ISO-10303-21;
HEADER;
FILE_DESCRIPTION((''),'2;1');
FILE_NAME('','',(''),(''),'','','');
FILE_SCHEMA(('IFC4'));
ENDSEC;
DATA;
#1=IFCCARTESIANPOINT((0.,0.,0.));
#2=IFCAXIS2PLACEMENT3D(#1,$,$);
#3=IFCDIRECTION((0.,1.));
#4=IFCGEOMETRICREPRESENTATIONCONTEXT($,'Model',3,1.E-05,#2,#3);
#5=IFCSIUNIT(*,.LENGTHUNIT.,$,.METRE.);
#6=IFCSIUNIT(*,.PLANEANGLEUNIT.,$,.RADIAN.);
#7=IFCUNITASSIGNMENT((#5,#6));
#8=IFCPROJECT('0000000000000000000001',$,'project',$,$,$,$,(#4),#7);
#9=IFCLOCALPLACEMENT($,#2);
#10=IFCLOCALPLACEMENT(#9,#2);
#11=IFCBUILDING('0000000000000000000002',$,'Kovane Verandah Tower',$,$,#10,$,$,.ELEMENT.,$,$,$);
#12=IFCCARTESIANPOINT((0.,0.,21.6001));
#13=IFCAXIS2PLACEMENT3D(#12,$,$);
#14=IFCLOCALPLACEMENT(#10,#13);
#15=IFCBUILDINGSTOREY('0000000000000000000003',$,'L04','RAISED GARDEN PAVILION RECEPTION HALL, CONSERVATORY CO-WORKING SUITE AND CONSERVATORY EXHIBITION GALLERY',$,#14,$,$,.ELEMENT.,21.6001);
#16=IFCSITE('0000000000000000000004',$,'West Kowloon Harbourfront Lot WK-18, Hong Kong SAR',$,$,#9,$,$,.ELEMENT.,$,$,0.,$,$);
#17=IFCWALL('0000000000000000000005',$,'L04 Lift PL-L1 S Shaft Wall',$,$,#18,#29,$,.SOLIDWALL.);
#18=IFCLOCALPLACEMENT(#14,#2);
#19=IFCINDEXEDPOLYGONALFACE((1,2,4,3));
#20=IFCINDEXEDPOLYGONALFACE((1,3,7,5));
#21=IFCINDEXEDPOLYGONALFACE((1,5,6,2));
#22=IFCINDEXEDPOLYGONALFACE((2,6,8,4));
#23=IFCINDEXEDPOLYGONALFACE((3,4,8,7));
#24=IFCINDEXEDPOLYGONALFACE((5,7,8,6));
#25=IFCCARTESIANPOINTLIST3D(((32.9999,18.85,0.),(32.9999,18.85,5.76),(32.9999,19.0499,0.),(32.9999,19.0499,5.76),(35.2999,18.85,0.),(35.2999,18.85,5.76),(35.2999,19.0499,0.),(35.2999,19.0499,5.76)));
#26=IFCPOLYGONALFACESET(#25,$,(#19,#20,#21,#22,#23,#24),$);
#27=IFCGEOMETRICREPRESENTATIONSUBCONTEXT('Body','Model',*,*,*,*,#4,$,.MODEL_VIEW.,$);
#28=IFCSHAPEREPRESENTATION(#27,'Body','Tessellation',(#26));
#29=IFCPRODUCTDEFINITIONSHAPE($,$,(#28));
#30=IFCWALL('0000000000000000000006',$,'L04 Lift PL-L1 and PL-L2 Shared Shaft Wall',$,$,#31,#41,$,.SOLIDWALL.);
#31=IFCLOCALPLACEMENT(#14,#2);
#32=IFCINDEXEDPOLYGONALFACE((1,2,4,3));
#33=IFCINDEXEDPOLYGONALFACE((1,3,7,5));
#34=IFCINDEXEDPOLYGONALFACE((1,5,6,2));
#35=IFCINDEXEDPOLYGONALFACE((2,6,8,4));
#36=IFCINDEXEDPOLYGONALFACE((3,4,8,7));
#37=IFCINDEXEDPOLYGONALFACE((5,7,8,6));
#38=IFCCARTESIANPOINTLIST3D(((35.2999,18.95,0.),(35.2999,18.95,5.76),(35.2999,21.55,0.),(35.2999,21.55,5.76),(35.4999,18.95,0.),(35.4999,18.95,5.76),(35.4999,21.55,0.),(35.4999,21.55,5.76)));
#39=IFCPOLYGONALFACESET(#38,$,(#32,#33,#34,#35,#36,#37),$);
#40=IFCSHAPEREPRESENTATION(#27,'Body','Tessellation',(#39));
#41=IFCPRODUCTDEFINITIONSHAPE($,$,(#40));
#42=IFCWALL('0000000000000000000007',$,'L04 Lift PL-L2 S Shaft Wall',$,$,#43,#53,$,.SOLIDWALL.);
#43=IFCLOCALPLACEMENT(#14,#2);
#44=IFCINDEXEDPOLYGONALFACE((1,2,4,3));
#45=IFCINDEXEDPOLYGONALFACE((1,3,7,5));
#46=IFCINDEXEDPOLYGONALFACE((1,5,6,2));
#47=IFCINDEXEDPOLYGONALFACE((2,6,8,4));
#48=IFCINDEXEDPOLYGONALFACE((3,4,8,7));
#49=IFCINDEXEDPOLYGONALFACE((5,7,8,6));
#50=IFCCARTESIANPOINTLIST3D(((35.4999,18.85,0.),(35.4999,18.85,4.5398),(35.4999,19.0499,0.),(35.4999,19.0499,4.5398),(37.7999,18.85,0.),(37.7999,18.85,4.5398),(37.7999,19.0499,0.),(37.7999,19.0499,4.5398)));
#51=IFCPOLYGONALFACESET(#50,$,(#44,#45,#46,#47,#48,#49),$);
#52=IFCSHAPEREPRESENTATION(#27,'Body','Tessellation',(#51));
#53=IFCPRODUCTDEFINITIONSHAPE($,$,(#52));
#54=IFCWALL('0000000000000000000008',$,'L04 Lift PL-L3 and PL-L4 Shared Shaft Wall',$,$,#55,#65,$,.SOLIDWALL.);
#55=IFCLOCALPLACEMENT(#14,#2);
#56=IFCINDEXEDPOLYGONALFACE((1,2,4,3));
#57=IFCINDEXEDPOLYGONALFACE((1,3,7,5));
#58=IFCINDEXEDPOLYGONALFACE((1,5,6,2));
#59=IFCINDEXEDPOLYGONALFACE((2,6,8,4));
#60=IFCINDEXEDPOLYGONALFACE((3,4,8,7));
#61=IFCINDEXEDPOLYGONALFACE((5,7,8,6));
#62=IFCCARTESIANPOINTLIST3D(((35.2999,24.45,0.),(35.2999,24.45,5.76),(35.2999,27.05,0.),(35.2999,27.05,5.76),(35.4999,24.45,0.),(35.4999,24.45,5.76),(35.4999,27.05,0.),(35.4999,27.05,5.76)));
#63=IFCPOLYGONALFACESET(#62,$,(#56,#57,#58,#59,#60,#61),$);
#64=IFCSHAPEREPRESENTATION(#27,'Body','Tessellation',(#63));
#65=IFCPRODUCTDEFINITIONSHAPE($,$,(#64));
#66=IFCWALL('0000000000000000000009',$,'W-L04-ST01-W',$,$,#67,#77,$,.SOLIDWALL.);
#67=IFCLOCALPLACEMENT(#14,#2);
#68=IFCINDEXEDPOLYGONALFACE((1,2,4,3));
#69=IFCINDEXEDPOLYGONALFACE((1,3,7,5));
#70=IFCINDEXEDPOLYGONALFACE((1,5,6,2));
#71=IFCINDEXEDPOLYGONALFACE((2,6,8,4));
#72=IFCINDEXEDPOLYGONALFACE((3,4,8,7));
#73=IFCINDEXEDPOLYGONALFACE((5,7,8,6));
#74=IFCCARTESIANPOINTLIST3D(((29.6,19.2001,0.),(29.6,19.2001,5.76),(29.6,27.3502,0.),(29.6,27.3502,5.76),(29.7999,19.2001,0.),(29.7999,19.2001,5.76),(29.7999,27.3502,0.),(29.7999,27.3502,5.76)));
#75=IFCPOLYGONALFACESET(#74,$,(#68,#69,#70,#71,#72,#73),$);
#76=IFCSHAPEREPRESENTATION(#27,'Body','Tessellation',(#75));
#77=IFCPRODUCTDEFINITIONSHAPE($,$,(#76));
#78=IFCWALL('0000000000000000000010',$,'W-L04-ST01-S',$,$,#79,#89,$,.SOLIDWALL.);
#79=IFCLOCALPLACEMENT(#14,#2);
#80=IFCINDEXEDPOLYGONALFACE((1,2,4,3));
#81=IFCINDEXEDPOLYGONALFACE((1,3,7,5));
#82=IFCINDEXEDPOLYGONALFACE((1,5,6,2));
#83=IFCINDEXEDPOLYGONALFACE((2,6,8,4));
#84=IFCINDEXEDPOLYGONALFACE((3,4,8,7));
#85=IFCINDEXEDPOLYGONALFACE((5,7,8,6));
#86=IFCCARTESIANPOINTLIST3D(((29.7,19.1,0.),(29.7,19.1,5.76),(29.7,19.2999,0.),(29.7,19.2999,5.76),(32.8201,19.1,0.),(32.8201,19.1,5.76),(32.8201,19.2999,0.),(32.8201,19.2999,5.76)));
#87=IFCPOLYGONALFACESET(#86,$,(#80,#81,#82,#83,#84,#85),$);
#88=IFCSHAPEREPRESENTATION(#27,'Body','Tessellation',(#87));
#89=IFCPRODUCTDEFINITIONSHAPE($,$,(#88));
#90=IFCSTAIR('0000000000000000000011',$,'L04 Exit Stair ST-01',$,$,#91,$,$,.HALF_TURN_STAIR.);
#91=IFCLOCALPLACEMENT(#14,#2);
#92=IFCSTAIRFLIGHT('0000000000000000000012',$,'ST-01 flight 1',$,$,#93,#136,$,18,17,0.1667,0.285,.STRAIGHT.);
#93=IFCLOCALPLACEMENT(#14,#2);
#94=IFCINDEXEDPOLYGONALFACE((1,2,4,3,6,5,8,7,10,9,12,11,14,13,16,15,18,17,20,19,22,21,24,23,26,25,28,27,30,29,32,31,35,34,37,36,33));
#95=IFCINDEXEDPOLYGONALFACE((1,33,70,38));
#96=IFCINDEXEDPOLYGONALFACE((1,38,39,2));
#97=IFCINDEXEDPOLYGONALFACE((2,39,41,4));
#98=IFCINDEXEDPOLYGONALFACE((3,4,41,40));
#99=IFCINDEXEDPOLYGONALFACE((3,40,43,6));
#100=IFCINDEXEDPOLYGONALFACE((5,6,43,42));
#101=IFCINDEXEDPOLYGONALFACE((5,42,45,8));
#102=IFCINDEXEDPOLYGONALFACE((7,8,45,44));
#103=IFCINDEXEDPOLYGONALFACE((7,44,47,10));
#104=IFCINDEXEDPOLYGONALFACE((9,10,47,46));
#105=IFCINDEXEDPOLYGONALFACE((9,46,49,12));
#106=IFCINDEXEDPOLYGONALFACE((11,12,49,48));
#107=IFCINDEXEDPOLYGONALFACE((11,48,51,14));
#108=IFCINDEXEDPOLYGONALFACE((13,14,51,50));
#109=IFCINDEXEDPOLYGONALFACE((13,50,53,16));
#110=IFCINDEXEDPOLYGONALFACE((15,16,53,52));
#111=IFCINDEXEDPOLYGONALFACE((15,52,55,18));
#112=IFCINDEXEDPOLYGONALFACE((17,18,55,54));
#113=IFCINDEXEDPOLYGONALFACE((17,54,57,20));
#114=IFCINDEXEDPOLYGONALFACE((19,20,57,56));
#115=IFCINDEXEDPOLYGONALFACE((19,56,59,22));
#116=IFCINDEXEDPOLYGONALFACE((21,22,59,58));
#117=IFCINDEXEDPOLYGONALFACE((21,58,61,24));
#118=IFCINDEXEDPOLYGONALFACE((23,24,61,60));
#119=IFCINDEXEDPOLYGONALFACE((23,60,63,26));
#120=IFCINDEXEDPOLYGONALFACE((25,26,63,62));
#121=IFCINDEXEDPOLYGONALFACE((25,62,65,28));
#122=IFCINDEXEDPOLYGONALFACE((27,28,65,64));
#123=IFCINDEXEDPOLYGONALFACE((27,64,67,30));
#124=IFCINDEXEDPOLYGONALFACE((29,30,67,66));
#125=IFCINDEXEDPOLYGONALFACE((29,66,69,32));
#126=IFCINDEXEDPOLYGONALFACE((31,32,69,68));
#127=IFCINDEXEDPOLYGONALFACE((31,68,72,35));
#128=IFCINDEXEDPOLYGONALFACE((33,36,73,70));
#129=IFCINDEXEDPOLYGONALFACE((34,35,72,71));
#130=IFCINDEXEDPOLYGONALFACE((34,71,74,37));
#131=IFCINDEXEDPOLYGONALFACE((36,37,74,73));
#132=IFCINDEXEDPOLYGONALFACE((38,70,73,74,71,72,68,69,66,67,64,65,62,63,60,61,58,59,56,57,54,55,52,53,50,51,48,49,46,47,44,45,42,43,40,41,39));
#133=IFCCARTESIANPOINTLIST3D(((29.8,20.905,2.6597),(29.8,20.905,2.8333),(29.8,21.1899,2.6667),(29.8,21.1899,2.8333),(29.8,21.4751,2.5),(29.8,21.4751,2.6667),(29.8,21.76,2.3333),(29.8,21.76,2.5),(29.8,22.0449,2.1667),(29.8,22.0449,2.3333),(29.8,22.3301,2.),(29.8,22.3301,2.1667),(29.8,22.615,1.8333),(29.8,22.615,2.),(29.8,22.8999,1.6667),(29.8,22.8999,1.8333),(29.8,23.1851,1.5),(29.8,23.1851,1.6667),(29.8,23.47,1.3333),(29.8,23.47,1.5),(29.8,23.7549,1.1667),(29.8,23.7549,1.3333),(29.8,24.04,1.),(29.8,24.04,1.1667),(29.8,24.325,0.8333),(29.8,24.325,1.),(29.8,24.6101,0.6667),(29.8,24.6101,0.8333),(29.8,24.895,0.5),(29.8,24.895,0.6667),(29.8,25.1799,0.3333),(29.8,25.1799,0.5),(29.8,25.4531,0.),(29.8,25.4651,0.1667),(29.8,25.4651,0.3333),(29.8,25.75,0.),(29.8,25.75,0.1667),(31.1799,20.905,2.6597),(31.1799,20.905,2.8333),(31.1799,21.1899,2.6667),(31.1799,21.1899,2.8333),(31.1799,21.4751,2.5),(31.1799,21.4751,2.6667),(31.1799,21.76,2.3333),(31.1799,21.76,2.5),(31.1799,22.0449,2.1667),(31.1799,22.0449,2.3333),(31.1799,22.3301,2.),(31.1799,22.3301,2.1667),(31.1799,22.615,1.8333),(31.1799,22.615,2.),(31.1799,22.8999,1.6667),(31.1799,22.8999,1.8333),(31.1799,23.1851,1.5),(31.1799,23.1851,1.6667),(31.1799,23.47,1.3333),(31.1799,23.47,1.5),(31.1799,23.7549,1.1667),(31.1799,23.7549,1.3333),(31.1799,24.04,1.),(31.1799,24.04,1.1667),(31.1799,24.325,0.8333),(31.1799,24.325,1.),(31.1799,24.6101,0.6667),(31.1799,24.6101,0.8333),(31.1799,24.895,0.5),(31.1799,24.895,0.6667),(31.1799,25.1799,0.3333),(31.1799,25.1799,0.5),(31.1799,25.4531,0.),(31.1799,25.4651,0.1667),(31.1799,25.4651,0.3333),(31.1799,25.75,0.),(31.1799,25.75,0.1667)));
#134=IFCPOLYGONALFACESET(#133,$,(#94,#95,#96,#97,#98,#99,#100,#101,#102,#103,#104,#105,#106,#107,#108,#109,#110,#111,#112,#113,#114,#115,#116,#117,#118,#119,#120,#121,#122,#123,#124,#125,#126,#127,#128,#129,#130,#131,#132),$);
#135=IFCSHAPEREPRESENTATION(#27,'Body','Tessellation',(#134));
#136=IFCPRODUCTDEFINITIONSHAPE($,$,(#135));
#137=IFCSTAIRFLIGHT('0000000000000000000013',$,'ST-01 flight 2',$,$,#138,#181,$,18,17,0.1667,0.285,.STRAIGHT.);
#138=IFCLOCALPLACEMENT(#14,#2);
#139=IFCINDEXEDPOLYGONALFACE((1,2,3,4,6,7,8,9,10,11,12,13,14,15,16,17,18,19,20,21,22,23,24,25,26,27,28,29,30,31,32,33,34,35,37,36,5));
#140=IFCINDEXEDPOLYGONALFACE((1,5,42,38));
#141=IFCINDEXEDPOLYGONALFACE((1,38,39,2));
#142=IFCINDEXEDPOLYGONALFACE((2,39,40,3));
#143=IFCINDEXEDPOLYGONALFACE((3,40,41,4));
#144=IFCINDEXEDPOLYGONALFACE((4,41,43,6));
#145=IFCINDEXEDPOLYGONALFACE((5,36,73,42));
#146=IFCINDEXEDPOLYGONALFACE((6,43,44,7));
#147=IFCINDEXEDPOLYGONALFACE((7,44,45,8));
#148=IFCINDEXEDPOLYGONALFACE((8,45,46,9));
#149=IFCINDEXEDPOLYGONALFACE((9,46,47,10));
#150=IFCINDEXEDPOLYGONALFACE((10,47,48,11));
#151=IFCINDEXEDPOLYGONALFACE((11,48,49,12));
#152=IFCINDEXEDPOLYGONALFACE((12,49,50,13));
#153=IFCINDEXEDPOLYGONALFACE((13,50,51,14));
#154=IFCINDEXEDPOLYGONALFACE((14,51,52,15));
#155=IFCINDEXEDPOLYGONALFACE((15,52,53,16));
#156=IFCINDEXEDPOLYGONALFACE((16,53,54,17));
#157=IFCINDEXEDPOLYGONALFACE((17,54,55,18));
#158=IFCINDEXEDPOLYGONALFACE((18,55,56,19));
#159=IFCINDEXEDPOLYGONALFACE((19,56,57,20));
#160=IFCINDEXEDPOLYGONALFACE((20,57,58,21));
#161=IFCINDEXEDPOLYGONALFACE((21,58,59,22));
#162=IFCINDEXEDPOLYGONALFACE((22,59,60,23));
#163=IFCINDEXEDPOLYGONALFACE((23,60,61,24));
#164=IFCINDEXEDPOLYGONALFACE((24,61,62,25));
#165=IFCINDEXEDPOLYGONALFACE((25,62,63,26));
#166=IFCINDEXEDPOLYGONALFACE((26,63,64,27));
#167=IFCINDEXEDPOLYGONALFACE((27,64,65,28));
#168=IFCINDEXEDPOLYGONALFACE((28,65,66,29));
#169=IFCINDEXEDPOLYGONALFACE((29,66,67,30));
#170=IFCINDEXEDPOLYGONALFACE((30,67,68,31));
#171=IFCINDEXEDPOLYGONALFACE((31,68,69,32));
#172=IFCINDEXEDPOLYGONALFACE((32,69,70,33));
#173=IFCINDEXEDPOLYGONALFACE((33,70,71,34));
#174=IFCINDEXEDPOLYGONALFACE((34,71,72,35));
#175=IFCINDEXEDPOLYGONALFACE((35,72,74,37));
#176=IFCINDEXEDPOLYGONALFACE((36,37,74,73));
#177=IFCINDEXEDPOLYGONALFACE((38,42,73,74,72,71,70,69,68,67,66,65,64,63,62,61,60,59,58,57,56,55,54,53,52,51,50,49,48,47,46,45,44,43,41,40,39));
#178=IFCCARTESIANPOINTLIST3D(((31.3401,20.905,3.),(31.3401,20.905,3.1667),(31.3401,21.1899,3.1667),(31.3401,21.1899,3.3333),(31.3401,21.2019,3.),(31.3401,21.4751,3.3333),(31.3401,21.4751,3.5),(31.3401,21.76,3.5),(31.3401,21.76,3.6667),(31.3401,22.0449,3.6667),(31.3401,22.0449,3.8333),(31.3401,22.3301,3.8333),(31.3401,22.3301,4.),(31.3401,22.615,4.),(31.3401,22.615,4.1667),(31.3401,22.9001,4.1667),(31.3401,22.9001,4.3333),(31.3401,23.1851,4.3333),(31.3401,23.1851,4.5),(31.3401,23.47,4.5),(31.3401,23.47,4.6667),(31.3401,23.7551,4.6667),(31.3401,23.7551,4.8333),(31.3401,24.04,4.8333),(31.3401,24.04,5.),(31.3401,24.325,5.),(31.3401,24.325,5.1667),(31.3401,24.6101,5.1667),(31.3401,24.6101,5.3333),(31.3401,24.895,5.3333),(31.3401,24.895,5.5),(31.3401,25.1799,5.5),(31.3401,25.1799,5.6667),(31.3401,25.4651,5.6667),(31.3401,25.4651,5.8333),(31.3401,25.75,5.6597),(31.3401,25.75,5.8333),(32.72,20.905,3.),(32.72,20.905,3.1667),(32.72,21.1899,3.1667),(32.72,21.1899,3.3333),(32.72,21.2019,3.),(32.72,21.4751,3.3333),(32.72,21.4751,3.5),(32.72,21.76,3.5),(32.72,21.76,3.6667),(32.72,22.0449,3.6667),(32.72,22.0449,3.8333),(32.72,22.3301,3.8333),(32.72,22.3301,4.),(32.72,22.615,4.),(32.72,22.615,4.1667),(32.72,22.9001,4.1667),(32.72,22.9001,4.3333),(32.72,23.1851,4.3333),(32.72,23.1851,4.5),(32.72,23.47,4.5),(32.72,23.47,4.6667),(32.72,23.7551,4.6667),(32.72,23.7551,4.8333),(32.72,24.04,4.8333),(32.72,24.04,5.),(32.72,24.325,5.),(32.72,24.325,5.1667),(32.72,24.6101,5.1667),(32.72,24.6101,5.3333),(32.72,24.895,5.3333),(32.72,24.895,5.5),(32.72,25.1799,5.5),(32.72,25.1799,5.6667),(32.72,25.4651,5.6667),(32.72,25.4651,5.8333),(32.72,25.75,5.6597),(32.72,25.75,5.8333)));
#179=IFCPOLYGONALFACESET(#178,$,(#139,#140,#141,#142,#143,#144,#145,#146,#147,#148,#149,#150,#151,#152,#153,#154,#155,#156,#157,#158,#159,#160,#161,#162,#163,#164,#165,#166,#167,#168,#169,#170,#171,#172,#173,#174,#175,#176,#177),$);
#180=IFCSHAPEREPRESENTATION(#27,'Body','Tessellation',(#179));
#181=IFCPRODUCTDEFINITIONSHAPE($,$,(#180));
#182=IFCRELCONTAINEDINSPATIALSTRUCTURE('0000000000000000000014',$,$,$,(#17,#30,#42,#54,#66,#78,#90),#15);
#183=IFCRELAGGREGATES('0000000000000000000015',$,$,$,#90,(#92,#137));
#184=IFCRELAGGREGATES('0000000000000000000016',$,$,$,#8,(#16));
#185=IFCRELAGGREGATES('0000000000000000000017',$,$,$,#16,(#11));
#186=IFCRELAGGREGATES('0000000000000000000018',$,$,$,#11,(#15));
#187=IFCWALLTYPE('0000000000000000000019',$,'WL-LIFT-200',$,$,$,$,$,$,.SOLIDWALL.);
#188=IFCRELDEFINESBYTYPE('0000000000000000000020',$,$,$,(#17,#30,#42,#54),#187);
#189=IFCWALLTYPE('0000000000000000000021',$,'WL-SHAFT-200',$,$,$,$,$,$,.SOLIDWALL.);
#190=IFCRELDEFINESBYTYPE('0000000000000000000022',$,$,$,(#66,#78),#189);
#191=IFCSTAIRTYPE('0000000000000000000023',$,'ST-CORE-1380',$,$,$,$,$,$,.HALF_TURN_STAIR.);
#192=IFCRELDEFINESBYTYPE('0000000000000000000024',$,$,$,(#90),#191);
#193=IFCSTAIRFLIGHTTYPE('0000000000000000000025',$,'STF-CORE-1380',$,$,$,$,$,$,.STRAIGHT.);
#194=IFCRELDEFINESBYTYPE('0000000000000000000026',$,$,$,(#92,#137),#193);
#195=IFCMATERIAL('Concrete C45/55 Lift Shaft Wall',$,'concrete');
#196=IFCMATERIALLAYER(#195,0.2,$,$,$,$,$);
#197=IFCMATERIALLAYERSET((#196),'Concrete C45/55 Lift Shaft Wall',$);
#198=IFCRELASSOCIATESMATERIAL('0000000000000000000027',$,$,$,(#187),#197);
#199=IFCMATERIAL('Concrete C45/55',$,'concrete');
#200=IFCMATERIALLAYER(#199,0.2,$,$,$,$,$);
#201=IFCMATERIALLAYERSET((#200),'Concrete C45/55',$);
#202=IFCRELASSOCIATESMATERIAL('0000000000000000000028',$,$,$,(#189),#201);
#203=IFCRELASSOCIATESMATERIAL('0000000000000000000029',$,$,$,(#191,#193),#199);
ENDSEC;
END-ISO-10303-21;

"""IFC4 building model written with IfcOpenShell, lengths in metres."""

from ifc_helpers import new_model, si_unit, direction, frame, frame_2d, origin, place, context, subcontext, project, spatial, polyline, rectangle, outline, extrude, material, layer, layer_set, type_object, element, aggregate, save


model = new_model("IFC4")

# Units and contexts
model_context = context("Model", 3, precision=1e-05, world=origin(), true_north=direction((0.0, 1.0)))
body_context = subcontext(model_context, "Body", "Model", "MODEL_VIEW")
ifc_project = project(units=[si_unit("LENGTHUNIT", "METRE"), si_unit("PLANEANGLEUNIT", "RADIAN")], contexts=[model_context])

# Site, building, storey
site_placement = place(None, origin())
site = spatial("IfcSite", under=ifc_project, at=site_placement, Name="West Kowloon Harbourfront Lot WK-18, Hong Kong SAR", CompositionType="ELEMENT", RefElevation=0.0)
building_placement = place(site_placement, origin())
building = spatial("IfcBuilding", under=site, at=building_placement, Name="Kovane Verandah Tower", CompositionType="ELEMENT")
storey_placement = place(building_placement, frame((0.0, 0.0, 21.6001)))
storey = spatial("IfcBuildingStorey", under=building, at=storey_placement, Name="L04", Description="RAISED GARDEN PAVILION RECEPTION HALL, CONSERVATORY CO-WORKING SUITE AND CONSERVATORY EXHIBITION GALLERY", CompositionType="ELEMENT", Elevation=21.6001)

# Wall
ifc_material_1 = material(Name="Concrete C45/55 Lift Shaft Wall", Category="concrete")
ifc_layer_1 = layer(ifc_material_1, 0.2)
ifc_layer_set_1 = layer_set([ifc_layer_1], Name="Concrete C45/55 Lift Shaft Wall")
wall_type_1 = type_object("IfcWallType", Name="WL-LIFT-200", PredefinedType="SOLIDWALL", material=ifc_layer_set_1)
wall_1_placement = place(storey_placement, frame((33.0, 18.95, 0.0), z_axis=(0.0, 0.0, 1.0), x_axis=(1.0, 0.0, 0.0)))
element("IfcWall", 1, at=wall_1_placement, inside=storey, type_object=wall_type_1, Name="L04 Lift PL-L1 S Shaft Wall", PredefinedType="SOLIDWALL", context=body_context, shape_type="SweptSolid", body=[
    extrude(rectangle(XDim=2.3, YDim=0.2, at=frame_2d((1.1499, 0.0))), origin(), (0.0, 0.0, 1.0), 5.76),
])

# Walls
wall_2_placement = place(storey_placement, frame((35.3999, 18.95, 0.0), z_axis=(0.0, 0.0, 1.0), x_axis=(0.0, 1.0, 0.0)))
element("IfcWall", 2, at=wall_2_placement, inside=storey, type_object=wall_type_1, Name="L04 Lift PL-L1 and PL-L2 Shared Shaft Wall", PredefinedType="SOLIDWALL", context=body_context, shape_type="SweptSolid", body=[
    extrude(rectangle(XDim=2.6001, YDim=0.2, at=frame_2d((1.3, 0.0))), origin(), (0.0, 0.0, 1.0), 5.76),
])
wall_3_placement = place(storey_placement, frame((35.5, 18.95, 0.0), z_axis=(0.0, 0.0, 1.0), x_axis=(1.0, 0.0, 0.0)))
element("IfcWall", 3, at=wall_3_placement, inside=storey, type_object=wall_type_1, Name="L04 Lift PL-L2 S Shaft Wall", PredefinedType="SOLIDWALL", context=body_context, shape_type="SweptSolid", body=[
    extrude(rectangle(XDim=2.3, YDim=0.2, at=frame_2d((1.1499, 0.0))), origin(), (0.0, 0.0, 1.0), 4.5398),
])

# Walls
wall_4_placement = place(storey_placement, frame((35.3999, 24.45, 0.0), z_axis=(0.0, 0.0, 1.0), x_axis=(0.0, 1.0, 0.0)))
element("IfcWall", 4, at=wall_4_placement, inside=storey, type_object=wall_type_1, Name="L04 Lift PL-L3 and PL-L4 Shared Shaft Wall", PredefinedType="SOLIDWALL", context=body_context, shape_type="SweptSolid", body=[
    extrude(rectangle(XDim=2.6001, YDim=0.2, at=frame_2d((1.3, 0.0))), origin(), (0.0, 0.0, 1.0), 5.76),
])
ifc_material_2 = material(Name="Concrete C45/55", Category="concrete")
ifc_layer_2 = layer(ifc_material_2, 0.2)
ifc_layer_set_2 = layer_set([ifc_layer_2], Name="Concrete C45/55")
wall_type_2 = type_object("IfcWallType", Name="WL-SHAFT-200", PredefinedType="SOLIDWALL", material=ifc_layer_set_2)
wall_5_placement = place(storey_placement, frame((29.7, 19.2, 0.0), z_axis=(0.0, 0.0, 1.0), x_axis=(0.0, 1.0, 0.0)))
element("IfcWall", 5, at=wall_5_placement, inside=storey, type_object=wall_type_2, Name="W-L04-ST01-W", PredefinedType="SOLIDWALL", context=body_context, shape_type="SweptSolid", body=[
    extrude(rectangle(XDim=8.1501, YDim=0.2, at=frame_2d((4.0752, 0.0))), origin(), (0.0, 0.0, 1.0), 5.76),
])
wall_6_placement = place(storey_placement, frame((29.7, 19.2, 0.0), z_axis=(0.0, 0.0, 1.0), x_axis=(1.0, 0.0, 0.0)))
element("IfcWall", 6, at=wall_6_placement, inside=storey, type_object=wall_type_2, Name="W-L04-ST01-S", PredefinedType="SOLIDWALL", context=body_context, shape_type="SweptSolid", body=[
    extrude(rectangle(XDim=3.1201, YDim=0.2, at=frame_2d((1.5601, 0.0))), origin(), (0.0, 0.0, 1.0), 5.76),
])

# Stair, stair flights
stair_type = type_object("IfcStairType", Name="ST-CORE-1380", PredefinedType="HALF_TURN_STAIR", material=ifc_material_2)
stair_placement = place(storey_placement, origin())
stair = element("IfcStair", 7, at=stair_placement, inside=storey, type_object=stair_type, Name="L04 Exit Stair ST-01", PredefinedType="HALF_TURN_STAIR")
stair_flight_type = type_object("IfcStairFlightType", Name="STF-CORE-1380", PredefinedType="STRAIGHT", material=ifc_material_2)
stair_flight_1_placement = place(storey_placement, frame((30.49, 25.75, 0.0), z_axis=(0.0, 0.0, 1.0), x_axis=(0.0, -1.0, 0.0)))
stair_flight_1 = element("IfcStairFlight", 8, at=stair_flight_1_placement, type_object=stair_flight_type, Name="ST-01 flight 1", NumberOfRisers=18, NumberOfTreads=17, PredefinedType="STRAIGHT", RiserHeight=0.1667, TreadLength=0.285, context=body_context, shape_type="SweptSolid", body=[
    extrude(outline(polyline([(0.0, 0.0), (0.0, 0.1667), (0.2849, 0.1667), (0.2849, 0.3333), (0.5701, 0.3333), (0.5701, 0.5), (0.855, 0.5), (0.855, 0.6667), (1.1399, 0.6667), (1.1399, 0.8333), (1.425, 0.8333), (1.425, 1.0), (1.71, 1.0), (1.71, 1.1667), (1.9951, 1.1667), (1.9951, 1.3333), (2.28, 1.3333), (2.28, 1.5), (2.5649, 1.5), (2.5649, 1.6667), (2.8501, 1.6667), (2.8501, 1.8333), (3.135, 1.8333), (3.135, 2.0), (3.4199, 2.0), (3.4199, 2.1667), (3.7051, 2.1667), (3.7051, 2.3333), (3.99, 2.3333), (3.99, 2.5), (4.2749, 2.5), (4.2749, 2.6667), (4.5601, 2.6667), (4.5601, 2.8333), (4.845, 2.8333), (4.845, 3.0), (4.845, 2.6597), (0.2969, 0.0), (0.0, 0.0)])), frame((0.0, 0.6899, 0.0), z_axis=(0.0, -1.0, 0.0), x_axis=(1.0, 0.0, 0.0)), (0.0, 0.0, 1.0), 1.3799),
])
stair_flight_2_placement = place(storey_placement, frame((32.03, 20.905, 3.0), z_axis=(0.0, 0.0, 1.0), x_axis=(0.0, 1.0, 0.0)))
stair_flight_2 = element("IfcStairFlight", 9, at=stair_flight_2_placement, type_object=stair_flight_type, Name="ST-01 flight 2", NumberOfRisers=18, NumberOfTreads=17, PredefinedType="STRAIGHT", RiserHeight=0.1667, TreadLength=0.285, context=body_context, shape_type="SweptSolid", body=[
    extrude(outline(polyline([(0.0, 0.0), (0.0, 0.1667), (0.2849, 0.1667), (0.2849, 0.3333), (0.5701, 0.3333), (0.5701, 0.5), (0.855, 0.5), (0.855, 0.6667), (1.1399, 0.6667), (1.1399, 0.8333), (1.425, 0.8333), (1.425, 1.0), (1.71, 1.0), (1.71, 1.1667), (1.9951, 1.1667), (1.9951, 1.3333), (2.28, 1.3333), (2.28, 1.5), (2.5649, 1.5), (2.5649, 1.6667), (2.8501, 1.6667), (2.8501, 1.8333), (3.135, 1.8333), (3.135, 2.0), (3.4199, 2.0), (3.4199, 2.1667), (3.7051, 2.1667), (3.7051, 2.3333), (3.99, 2.3333), (3.99, 2.5), (4.2749, 2.5), (4.2749, 2.6667), (4.5601, 2.6667), (4.5601, 2.8333), (4.845, 2.8333), (4.845, 3.0), (4.845, 2.6597), (0.2969, 0.0), (0.0, 0.0)])), frame((0.0, 0.6899, 0.0), z_axis=(0.0, -1.0, 0.0), x_axis=(1.0, 0.0, 0.0)), (0.0, 0.0, 1.0), 1.3799),
])
aggregate(stair, [stair_flight_1, stair_flight_2])

save(model, "model.ifc")
